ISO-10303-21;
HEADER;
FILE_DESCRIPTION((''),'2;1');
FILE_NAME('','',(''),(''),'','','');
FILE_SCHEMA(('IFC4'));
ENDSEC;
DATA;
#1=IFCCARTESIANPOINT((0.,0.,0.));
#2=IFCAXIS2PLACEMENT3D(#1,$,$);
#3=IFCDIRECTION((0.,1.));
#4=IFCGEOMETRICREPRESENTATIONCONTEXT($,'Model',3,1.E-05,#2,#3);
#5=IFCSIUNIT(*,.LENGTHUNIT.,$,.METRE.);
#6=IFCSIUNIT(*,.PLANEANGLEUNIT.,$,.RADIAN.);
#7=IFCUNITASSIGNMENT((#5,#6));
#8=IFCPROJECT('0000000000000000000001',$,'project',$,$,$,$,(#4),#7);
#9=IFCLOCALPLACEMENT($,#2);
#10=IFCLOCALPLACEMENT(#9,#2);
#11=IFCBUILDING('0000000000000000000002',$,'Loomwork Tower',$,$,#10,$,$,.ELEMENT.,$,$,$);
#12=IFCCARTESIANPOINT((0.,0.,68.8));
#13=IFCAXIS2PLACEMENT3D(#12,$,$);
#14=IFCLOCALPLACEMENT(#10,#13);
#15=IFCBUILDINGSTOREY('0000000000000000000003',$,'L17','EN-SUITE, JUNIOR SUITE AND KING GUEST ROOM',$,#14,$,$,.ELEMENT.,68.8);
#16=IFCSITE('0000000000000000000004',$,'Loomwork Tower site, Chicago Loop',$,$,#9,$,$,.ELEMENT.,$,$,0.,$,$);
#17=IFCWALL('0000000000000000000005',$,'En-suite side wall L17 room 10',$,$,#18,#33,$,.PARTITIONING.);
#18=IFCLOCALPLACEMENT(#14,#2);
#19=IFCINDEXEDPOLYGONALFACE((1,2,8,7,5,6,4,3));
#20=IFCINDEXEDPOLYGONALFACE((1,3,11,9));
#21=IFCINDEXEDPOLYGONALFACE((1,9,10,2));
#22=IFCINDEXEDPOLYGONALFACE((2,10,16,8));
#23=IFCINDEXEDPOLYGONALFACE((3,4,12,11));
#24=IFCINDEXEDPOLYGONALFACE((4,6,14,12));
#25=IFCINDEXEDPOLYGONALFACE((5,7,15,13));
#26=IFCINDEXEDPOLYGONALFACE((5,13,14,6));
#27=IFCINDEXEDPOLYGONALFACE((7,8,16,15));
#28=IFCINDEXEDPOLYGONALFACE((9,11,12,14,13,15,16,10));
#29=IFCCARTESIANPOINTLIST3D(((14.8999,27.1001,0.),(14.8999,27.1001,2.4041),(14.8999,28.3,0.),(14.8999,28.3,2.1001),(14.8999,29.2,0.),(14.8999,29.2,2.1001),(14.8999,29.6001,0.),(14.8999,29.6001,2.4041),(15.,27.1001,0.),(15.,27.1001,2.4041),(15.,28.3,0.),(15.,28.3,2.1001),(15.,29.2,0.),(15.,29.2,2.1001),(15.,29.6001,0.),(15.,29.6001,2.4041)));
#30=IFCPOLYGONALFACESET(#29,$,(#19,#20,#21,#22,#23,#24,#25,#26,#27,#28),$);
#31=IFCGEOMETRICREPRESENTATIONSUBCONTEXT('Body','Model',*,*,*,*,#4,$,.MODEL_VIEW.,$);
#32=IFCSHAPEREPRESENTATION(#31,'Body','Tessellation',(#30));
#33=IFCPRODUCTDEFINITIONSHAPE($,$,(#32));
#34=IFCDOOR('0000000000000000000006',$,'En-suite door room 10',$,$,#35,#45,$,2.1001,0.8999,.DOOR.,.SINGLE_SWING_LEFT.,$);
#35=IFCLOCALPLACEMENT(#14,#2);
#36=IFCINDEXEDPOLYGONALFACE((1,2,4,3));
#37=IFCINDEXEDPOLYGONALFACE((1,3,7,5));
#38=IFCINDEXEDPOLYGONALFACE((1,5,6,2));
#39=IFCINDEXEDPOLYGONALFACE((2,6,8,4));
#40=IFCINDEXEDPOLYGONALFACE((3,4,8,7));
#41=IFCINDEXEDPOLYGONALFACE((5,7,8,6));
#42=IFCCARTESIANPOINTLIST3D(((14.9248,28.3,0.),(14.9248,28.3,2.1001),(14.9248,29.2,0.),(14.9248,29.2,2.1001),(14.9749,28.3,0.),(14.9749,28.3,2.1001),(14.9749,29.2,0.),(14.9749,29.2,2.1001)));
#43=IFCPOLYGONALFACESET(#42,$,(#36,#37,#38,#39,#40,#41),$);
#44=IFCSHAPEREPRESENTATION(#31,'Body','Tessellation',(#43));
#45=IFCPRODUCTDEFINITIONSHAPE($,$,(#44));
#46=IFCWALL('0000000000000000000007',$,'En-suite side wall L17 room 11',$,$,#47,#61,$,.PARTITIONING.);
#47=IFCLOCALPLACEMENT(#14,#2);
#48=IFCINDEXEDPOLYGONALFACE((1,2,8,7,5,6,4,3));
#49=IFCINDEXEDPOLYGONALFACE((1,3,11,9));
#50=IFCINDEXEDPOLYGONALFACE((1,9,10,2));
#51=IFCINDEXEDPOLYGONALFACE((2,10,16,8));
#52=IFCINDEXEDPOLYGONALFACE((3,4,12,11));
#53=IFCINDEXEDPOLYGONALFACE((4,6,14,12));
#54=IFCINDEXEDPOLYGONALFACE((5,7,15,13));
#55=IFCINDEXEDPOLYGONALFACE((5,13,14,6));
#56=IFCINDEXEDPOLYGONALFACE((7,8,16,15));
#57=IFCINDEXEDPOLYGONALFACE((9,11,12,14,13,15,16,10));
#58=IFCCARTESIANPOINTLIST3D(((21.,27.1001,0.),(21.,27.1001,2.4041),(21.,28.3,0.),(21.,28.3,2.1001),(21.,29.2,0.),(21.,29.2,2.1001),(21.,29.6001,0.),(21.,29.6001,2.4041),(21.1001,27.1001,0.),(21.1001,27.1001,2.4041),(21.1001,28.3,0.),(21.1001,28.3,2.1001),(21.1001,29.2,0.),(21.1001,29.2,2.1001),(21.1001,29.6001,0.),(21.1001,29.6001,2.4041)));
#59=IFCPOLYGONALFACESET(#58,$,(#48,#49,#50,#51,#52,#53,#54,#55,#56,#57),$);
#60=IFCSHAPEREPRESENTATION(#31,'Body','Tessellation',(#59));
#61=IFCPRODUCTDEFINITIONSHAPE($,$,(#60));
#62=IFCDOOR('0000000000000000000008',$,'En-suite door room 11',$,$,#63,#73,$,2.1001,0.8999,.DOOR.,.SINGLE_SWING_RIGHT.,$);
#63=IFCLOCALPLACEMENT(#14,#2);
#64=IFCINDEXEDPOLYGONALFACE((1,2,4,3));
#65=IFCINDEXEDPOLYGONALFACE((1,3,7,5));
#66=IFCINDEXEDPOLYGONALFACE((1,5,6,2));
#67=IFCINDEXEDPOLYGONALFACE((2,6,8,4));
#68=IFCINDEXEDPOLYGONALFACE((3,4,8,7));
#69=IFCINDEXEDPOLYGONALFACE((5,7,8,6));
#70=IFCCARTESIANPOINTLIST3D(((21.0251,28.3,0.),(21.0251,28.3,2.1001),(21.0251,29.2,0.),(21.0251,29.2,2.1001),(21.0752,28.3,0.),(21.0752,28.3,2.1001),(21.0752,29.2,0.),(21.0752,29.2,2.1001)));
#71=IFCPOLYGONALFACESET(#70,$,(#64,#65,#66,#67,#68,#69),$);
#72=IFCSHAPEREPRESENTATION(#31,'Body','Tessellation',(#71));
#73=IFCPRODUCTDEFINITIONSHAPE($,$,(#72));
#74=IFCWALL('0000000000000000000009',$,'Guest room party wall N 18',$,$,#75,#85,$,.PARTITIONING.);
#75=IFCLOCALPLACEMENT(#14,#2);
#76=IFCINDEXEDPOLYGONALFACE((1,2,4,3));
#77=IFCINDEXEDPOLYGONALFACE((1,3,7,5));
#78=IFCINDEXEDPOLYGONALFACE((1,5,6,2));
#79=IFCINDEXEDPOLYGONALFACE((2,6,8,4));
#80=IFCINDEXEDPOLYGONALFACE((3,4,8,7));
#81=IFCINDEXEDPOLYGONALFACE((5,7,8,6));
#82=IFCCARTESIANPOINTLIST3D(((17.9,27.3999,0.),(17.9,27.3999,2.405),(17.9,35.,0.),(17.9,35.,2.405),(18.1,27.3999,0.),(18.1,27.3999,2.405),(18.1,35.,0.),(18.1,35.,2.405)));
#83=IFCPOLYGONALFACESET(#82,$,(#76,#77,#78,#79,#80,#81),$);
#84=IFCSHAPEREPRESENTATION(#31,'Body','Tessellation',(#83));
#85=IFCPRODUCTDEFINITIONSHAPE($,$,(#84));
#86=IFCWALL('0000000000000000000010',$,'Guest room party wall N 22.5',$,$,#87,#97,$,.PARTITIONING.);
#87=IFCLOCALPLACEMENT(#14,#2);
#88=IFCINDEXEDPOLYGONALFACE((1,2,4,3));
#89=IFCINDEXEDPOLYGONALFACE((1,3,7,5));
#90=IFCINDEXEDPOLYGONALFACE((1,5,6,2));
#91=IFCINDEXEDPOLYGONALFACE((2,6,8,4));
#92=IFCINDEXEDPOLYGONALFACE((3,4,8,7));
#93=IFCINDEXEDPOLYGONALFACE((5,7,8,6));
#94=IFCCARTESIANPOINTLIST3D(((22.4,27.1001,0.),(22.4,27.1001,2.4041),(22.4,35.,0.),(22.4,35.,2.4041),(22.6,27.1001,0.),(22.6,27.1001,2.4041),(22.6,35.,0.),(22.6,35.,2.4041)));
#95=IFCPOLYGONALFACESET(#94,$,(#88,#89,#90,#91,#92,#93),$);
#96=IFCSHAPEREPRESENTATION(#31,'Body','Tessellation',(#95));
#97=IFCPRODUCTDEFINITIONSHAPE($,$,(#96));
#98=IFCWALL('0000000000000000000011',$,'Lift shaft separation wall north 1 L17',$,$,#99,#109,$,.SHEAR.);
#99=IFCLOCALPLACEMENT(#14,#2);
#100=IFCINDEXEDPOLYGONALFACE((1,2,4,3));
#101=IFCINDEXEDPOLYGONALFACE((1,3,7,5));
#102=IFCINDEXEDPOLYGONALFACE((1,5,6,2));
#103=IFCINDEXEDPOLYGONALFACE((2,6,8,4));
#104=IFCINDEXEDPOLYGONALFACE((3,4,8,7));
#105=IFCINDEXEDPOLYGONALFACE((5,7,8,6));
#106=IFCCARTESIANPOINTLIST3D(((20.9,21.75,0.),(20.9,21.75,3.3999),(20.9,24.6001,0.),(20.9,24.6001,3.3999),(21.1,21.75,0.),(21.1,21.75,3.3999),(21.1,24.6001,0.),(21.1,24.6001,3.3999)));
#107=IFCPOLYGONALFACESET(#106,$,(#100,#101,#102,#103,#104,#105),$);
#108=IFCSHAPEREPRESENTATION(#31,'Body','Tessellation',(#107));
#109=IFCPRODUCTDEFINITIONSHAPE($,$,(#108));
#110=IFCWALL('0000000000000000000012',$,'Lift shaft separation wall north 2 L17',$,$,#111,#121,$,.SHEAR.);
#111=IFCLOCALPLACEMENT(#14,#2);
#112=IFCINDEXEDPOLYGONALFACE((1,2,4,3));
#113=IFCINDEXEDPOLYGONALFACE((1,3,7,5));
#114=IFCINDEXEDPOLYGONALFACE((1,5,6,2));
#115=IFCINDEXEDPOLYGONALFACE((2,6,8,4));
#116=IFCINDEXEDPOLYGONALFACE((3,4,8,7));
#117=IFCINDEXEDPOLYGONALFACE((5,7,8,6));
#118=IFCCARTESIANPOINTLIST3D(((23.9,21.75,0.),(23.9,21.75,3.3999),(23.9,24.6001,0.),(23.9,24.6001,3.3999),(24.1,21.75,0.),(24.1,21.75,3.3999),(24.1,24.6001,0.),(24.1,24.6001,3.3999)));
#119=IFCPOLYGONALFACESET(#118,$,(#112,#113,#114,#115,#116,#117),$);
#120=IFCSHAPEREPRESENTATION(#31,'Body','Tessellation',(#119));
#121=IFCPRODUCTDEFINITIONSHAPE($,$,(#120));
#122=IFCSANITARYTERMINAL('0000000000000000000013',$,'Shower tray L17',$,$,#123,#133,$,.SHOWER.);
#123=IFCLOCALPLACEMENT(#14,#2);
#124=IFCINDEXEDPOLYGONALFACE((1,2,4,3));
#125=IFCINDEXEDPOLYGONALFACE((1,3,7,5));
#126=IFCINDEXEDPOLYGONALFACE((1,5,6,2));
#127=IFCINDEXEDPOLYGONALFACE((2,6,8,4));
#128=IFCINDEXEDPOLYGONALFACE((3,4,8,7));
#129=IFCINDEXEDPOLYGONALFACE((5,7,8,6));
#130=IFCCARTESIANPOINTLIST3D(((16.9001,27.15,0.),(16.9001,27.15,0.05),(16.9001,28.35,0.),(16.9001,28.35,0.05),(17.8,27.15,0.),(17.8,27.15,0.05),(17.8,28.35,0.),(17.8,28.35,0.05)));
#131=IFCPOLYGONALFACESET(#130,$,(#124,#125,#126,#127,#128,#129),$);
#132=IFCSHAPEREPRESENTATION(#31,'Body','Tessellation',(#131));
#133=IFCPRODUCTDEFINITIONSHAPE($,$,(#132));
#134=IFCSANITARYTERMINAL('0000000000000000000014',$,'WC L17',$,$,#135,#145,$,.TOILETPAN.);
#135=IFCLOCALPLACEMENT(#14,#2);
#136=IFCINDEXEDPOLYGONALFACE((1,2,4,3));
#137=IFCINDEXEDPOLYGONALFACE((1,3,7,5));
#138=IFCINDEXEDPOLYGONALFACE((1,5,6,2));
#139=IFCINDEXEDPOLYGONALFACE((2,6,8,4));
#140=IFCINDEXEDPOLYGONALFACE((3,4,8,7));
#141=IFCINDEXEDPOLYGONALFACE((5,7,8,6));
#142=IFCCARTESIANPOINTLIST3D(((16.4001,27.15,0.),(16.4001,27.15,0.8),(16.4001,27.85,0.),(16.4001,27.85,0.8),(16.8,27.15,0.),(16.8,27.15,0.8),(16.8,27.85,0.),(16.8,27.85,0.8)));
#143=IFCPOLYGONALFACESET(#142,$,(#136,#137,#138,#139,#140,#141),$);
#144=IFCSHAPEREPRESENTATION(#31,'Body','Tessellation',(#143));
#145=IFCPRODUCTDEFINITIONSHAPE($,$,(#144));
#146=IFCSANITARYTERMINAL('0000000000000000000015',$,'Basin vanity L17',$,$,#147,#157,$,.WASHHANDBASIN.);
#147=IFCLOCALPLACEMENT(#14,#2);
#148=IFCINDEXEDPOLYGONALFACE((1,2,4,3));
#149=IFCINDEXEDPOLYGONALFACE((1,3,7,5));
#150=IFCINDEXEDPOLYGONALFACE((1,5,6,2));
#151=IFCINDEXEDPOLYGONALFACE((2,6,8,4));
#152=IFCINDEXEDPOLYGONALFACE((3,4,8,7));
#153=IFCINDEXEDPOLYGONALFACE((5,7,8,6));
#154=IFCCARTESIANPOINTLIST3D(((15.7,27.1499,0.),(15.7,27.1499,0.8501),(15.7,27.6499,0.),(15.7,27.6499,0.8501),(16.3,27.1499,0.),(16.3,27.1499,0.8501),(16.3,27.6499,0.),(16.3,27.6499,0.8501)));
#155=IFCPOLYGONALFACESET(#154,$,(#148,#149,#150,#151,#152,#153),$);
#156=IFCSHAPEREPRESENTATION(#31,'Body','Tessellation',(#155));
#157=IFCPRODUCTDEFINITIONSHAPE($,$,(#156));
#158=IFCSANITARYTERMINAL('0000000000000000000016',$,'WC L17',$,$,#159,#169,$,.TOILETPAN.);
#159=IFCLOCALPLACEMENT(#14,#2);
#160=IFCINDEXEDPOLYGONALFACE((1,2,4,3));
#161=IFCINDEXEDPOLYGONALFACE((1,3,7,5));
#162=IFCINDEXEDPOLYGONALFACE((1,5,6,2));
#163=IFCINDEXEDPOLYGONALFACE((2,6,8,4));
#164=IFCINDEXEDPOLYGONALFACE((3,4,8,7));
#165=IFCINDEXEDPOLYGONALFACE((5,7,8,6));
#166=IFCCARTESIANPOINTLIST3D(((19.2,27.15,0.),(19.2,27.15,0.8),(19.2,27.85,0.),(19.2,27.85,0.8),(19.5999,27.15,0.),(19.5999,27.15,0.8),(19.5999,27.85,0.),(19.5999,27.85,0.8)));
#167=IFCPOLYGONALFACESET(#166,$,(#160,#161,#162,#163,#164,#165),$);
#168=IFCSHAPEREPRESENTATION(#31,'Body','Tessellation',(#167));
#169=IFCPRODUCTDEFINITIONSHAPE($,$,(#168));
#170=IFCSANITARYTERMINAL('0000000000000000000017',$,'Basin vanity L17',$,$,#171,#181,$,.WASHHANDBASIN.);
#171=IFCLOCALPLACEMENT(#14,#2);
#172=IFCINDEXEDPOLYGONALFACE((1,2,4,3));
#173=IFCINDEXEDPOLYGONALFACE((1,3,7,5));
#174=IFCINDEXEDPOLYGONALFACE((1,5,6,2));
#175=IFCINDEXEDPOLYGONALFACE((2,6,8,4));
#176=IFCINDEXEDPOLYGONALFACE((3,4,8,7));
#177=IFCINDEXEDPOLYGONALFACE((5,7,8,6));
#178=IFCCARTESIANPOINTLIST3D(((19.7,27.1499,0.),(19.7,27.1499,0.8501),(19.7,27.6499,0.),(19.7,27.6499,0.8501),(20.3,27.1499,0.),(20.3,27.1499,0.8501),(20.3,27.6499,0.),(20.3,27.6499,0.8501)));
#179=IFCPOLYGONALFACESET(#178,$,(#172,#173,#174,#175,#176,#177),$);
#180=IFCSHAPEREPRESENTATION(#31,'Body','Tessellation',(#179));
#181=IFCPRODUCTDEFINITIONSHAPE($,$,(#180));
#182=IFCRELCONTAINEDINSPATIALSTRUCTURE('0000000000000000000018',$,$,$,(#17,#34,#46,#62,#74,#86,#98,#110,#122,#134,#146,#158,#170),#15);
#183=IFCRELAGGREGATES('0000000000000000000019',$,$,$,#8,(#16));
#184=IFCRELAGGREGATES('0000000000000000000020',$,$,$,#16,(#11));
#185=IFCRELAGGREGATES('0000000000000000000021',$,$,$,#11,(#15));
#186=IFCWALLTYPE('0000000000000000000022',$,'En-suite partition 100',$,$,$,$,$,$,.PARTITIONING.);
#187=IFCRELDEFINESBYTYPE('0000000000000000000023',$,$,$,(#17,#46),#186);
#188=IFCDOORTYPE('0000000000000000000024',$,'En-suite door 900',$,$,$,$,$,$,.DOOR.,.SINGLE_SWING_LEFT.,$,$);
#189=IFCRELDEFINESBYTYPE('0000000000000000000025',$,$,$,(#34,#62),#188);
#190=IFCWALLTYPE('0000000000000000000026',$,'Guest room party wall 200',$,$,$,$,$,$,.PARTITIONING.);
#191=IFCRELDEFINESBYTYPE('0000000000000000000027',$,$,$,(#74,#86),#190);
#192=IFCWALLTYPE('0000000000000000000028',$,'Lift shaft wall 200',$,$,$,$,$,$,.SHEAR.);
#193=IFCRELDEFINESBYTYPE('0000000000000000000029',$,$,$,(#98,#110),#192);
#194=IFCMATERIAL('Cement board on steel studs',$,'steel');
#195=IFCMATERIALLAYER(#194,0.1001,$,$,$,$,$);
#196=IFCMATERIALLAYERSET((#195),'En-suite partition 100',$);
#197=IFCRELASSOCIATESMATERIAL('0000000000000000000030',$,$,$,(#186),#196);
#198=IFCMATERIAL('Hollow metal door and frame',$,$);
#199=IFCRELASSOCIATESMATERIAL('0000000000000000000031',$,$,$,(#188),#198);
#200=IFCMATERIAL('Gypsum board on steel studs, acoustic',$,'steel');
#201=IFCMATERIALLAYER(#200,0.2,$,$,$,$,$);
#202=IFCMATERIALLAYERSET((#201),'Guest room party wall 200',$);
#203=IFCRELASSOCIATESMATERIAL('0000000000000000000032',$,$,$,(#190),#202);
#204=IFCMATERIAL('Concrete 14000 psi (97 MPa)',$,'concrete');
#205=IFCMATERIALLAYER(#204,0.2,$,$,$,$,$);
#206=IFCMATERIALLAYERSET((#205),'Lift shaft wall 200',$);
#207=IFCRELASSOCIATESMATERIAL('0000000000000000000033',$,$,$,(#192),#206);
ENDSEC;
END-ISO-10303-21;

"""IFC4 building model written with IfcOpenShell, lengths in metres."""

from ifc_helpers import new_model, si_unit, direction, frame, frame_2d, origin, origin_2d, place, context, subcontext, project, spatial, rectangle, extrude, material, layer, layer_set, type_object, element, fill, save


model = new_model("IFC4")

# Units and contexts
model_context = context("Model", 3, precision=1e-05, world=origin(), true_north=direction((0.0, 1.0)))
body_context = subcontext(model_context, "Body", "Model", "MODEL_VIEW")
ifc_project = project(units=[si_unit("LENGTHUNIT", "METRE"), si_unit("PLANEANGLEUNIT", "RADIAN")], contexts=[model_context])

# Site, building, storey
site_placement = place(None, origin())
site = spatial("IfcSite", under=ifc_project, at=site_placement, Name="Loomwork Tower site, Chicago Loop", CompositionType="ELEMENT", RefElevation=0.0)
building_placement = place(site_placement, origin())
building = spatial("IfcBuilding", under=site, at=building_placement, Name="Loomwork Tower", CompositionType="ELEMENT")
storey_placement = place(building_placement, frame((0.0, 0.0, 68.8)))
storey = spatial("IfcBuildingStorey", under=building, at=storey_placement, Name="L17", Description="EN-SUITE, JUNIOR SUITE AND KING GUEST ROOM", CompositionType="ELEMENT", Elevation=68.8)

# Walls, openings, doors
ifc_material_1 = material(Name="Cement board on steel studs", Category="steel")
ifc_layer_1 = layer(ifc_material_1, 0.1001)
ifc_layer_set_1 = layer_set([ifc_layer_1], Name="En-suite partition 100")
wall_type_1 = type_object("IfcWallType", Name="En-suite partition 100", PredefinedType="PARTITIONING", material=ifc_layer_set_1)
wall_1_placement = place(storey_placement, frame((14.95, 27.1001, 0.0), z_axis=(0.0, 0.0, 1.0), x_axis=(0.0, 1.0, 0.0)))
wall_1 = element("IfcWall", 1, at=wall_1_placement, inside=storey, type_object=wall_type_1, Name="En-suite side wall L17 room 10", PredefinedType="PARTITIONING", context=body_context, shape_type="SweptSolid", body=[
    extrude(rectangle(XDim=2.5, YDim=0.1001, at=frame_2d((1.25, 0.0))), origin(), (0.0, 0.0, 1.0), 2.4041),
])
opening_1_placement = place(wall_1_placement, frame((1.2, 0.0, 0.0)))
opening_1 = element("IfcOpeningElement", 2, at=opening_1_placement, cuts=wall_1, PredefinedType="OPENING", context=body_context, shape_type="SweptSolid", body=[
    extrude(rectangle(XDim=0.8999, YDim=2.1001, at=frame_2d((0.45, 1.05))), frame((0.0, 0.0601, 0.0), z_axis=(0.0, -1.0, 0.0), x_axis=(1.0, 0.0, 0.0)), (0.0, 0.0, 1.0), 0.1201),
])
ifc_material_2 = material(Name="Hollow metal door and frame")
door_type_1 = type_object("IfcDoorType", Name="En-suite door 900", OperationType="SINGLE_SWING_LEFT", PredefinedType="DOOR", material=ifc_material_2)
door_1_placement = place(opening_1_placement, frame((0.8999, 0.0, 0.0), z_axis=(0.0, 0.0, 1.0), x_axis=(-1.0, 0.0, 0.0)))
door_1 = element("IfcDoor", 3, at=door_1_placement, inside=storey, type_object=door_type_1, Name="En-suite door room 10", OperationType="SINGLE_SWING_LEFT", OverallHeight=2.1001, OverallWidth=0.8999, PredefinedType="DOOR", context=body_context, shape_type="SweptSolid", body=[
    extrude(rectangle(XDim=0.8999, YDim=2.1001, at=frame_2d((0.45, 1.05))), frame((0.0, 0.0249, 0.0), z_axis=(0.0, -1.0, 0.0), x_axis=(1.0, 0.0, 0.0)), (0.0, 0.0, 1.0), 0.05),
])
fill(opening_1, door_1)
wall_2_placement = place(storey_placement, frame((21.05, 27.1001, 0.0), z_axis=(0.0, 0.0, 1.0), x_axis=(0.0, 1.0, 0.0)))
wall_2 = element("IfcWall", 4, at=wall_2_placement, inside=storey, type_object=wall_type_1, Name="En-suite side wall L17 room 11", PredefinedType="PARTITIONING", context=body_context, shape_type="SweptSolid", body=[
    extrude(rectangle(XDim=2.5, YDim=0.1001, at=frame_2d((1.25, 0.0))), origin(), (0.0, 0.0, 1.0), 2.4041),
])
opening_2_placement = place(wall_2_placement, frame((1.2, 0.0, 0.0)))
opening_2 = element("IfcOpeningElement", 5, at=opening_2_placement, cuts=wall_2, PredefinedType="OPENING", context=body_context, shape_type="SweptSolid", body=[
    extrude(rectangle(XDim=0.8999, YDim=2.1001, at=frame_2d((0.45, 1.05))), frame((0.0, 0.0601, 0.0), z_axis=(0.0, -1.0, 0.0), x_axis=(1.0, 0.0, 0.0)), (0.0, 0.0, 1.0), 0.1201),
])
door_2_placement = place(opening_2_placement, origin())
door_2 = element("IfcDoor", 6, at=door_2_placement, inside=storey, type_object=door_type_1, Name="En-suite door room 11", OperationType="SINGLE_SWING_RIGHT", OverallHeight=2.1001, OverallWidth=0.8999, PredefinedType="DOOR", context=body_context, shape_type="SweptSolid", body=[
    extrude(rectangle(XDim=0.8999, YDim=2.1001, at=frame_2d((0.45, 1.05))), frame((0.0, 0.0249, 0.0), z_axis=(0.0, -1.0, 0.0), x_axis=(1.0, 0.0, 0.0)), (0.0, 0.0, 1.0), 0.05),
])
fill(opening_2, door_2)

# Walls
ifc_material_3 = material(Name="Gypsum board on steel studs, acoustic", Category="steel")
ifc_layer_2 = layer(ifc_material_3, 0.2)
ifc_layer_set_2 = layer_set([ifc_layer_2], Name="Guest room party wall 200")
wall_type_2 = type_object("IfcWallType", Name="Guest room party wall 200", PredefinedType="PARTITIONING", material=ifc_layer_set_2)
wall_3_placement = place(storey_placement, frame((18.0, 27.3999, 0.0), z_axis=(0.0, 0.0, 1.0), x_axis=(0.0, 1.0, 0.0)))
element("IfcWall", 7, at=wall_3_placement, inside=storey, type_object=wall_type_2, Name="Guest room party wall N 18", PredefinedType="PARTITIONING", context=body_context, shape_type="SweptSolid", body=[
    extrude(rectangle(XDim=7.6001, YDim=0.2, at=frame_2d((3.8, 0.0))), origin(), (0.0, 0.0, 1.0), 2.405),
])
wall_4_placement = place(storey_placement, frame((22.5, 27.1001, 0.0), z_axis=(0.0, 0.0, 1.0), x_axis=(0.0, 1.0, 0.0)))
element("IfcWall", 8, at=wall_4_placement, inside=storey, type_object=wall_type_2, Name="Guest room party wall N 22.5", PredefinedType="PARTITIONING", context=body_context, shape_type="SweptSolid", body=[
    extrude(rectangle(XDim=7.8999, YDim=0.2, at=frame_2d((3.95, 0.0))), origin(), (0.0, 0.0, 1.0), 2.4041),
])
ifc_material_4 = material(Name="Concrete 14000 psi (97 MPa)", Category="concrete")
ifc_layer_3 = layer(ifc_material_4, 0.2)
ifc_layer_set_3 = layer_set([ifc_layer_3], Name="Lift shaft wall 200")
wall_type_3 = type_object("IfcWallType", Name="Lift shaft wall 200", PredefinedType="SHEAR", material=ifc_layer_set_3)
for number, where, z_axis, x_axis, name in (
    (9, (21.0, 21.75, 0.0), (0.0, 0.0, 1.0), (0.0, 1.0, 0.0), "Lift shaft separation wall north 1 L17"),
    (10, (24.0, 21.75, 0.0), (0.0, 0.0, 1.0), (0.0, 1.0, 0.0), "Lift shaft separation wall north 2 L17"),
):
    element("IfcWall", number, at=place(storey_placement, frame(where, z_axis=z_axis, x_axis=x_axis)), inside=storey, type_object=wall_type_3, Name=name, PredefinedType="SHEAR", context=body_context, shape_type="SweptSolid", body=[
        extrude(rectangle(XDim=2.8501, YDim=0.2, at=frame_2d((1.425, 0.0))), origin(), (0.0, 0.0, 1.0), 3.3999),
    ])

# Sanitary terminals
sanitary_terminal_1_placement = place(storey_placement, frame((17.3501, 27.75, 0.0), z_axis=(0.0, 0.0, 1.0), x_axis=(1.0, 0.0, 0.0)))
element("IfcSanitaryTerminal", 11, at=sanitary_terminal_1_placement, inside=storey, Name="Shower tray L17", PredefinedType="SHOWER", context=body_context, shape_type="SweptSolid", body=[
    extrude(rectangle(XDim=0.8999, YDim=1.2, at=origin_2d()), origin(), (0.0, 0.0, 1.0), 0.05),
])
sanitary_terminal_2_placement = place(storey_placement, frame((16.6001, 27.5, 0.0), z_axis=(0.0, 0.0, 1.0), x_axis=(1.0, 0.0, 0.0)))
element("IfcSanitaryTerminal", 12, at=sanitary_terminal_2_placement, inside=storey, Name="WC L17", PredefinedType="TOILETPAN", context=body_context, shape_type="SweptSolid", body=[
    extrude(rectangle(XDim=0.3999, YDim=0.7, at=origin_2d()), origin(), (0.0, 0.0, 1.0), 0.8),
])
sanitary_terminal_3_placement = place(storey_placement, frame((16.0, 27.3999, 0.0), z_axis=(0.0, 0.0, 1.0), x_axis=(1.0, 0.0, 0.0)))
element("IfcSanitaryTerminal", 13, at=sanitary_terminal_3_placement, inside=storey, Name="Basin vanity L17", PredefinedType="WASHHANDBASIN", context=body_context, shape_type="SweptSolid", body=[
    extrude(rectangle(XDim=0.6001, YDim=0.5, at=origin_2d()), origin(), (0.0, 0.0, 1.0), 0.8501),
])
sanitary_terminal_4_placement = place(storey_placement, frame((19.3999, 27.5, 0.0), z_axis=(0.0, 0.0, 1.0), x_axis=(1.0, 0.0, 0.0)))
element("IfcSanitaryTerminal", 14, at=sanitary_terminal_4_placement, inside=storey, Name="WC L17", PredefinedType="TOILETPAN", context=body_context, shape_type="SweptSolid", body=[
    extrude(rectangle(XDim=0.3999, YDim=0.7, at=origin_2d()), origin(), (0.0, 0.0, 1.0), 0.8),
])
sanitary_terminal_5_placement = place(storey_placement, frame((20.0, 27.3999, 0.0), z_axis=(0.0, 0.0, 1.0), x_axis=(1.0, 0.0, 0.0)))
element("IfcSanitaryTerminal", 15, at=sanitary_terminal_5_placement, inside=storey, Name="Basin vanity L17", PredefinedType="WASHHANDBASIN", context=body_context, shape_type="SweptSolid", body=[
    extrude(rectangle(XDim=0.6001, YDim=0.5, at=origin_2d()), origin(), (0.0, 0.0, 1.0), 0.8501),
])

save(model, "model.ifc")
